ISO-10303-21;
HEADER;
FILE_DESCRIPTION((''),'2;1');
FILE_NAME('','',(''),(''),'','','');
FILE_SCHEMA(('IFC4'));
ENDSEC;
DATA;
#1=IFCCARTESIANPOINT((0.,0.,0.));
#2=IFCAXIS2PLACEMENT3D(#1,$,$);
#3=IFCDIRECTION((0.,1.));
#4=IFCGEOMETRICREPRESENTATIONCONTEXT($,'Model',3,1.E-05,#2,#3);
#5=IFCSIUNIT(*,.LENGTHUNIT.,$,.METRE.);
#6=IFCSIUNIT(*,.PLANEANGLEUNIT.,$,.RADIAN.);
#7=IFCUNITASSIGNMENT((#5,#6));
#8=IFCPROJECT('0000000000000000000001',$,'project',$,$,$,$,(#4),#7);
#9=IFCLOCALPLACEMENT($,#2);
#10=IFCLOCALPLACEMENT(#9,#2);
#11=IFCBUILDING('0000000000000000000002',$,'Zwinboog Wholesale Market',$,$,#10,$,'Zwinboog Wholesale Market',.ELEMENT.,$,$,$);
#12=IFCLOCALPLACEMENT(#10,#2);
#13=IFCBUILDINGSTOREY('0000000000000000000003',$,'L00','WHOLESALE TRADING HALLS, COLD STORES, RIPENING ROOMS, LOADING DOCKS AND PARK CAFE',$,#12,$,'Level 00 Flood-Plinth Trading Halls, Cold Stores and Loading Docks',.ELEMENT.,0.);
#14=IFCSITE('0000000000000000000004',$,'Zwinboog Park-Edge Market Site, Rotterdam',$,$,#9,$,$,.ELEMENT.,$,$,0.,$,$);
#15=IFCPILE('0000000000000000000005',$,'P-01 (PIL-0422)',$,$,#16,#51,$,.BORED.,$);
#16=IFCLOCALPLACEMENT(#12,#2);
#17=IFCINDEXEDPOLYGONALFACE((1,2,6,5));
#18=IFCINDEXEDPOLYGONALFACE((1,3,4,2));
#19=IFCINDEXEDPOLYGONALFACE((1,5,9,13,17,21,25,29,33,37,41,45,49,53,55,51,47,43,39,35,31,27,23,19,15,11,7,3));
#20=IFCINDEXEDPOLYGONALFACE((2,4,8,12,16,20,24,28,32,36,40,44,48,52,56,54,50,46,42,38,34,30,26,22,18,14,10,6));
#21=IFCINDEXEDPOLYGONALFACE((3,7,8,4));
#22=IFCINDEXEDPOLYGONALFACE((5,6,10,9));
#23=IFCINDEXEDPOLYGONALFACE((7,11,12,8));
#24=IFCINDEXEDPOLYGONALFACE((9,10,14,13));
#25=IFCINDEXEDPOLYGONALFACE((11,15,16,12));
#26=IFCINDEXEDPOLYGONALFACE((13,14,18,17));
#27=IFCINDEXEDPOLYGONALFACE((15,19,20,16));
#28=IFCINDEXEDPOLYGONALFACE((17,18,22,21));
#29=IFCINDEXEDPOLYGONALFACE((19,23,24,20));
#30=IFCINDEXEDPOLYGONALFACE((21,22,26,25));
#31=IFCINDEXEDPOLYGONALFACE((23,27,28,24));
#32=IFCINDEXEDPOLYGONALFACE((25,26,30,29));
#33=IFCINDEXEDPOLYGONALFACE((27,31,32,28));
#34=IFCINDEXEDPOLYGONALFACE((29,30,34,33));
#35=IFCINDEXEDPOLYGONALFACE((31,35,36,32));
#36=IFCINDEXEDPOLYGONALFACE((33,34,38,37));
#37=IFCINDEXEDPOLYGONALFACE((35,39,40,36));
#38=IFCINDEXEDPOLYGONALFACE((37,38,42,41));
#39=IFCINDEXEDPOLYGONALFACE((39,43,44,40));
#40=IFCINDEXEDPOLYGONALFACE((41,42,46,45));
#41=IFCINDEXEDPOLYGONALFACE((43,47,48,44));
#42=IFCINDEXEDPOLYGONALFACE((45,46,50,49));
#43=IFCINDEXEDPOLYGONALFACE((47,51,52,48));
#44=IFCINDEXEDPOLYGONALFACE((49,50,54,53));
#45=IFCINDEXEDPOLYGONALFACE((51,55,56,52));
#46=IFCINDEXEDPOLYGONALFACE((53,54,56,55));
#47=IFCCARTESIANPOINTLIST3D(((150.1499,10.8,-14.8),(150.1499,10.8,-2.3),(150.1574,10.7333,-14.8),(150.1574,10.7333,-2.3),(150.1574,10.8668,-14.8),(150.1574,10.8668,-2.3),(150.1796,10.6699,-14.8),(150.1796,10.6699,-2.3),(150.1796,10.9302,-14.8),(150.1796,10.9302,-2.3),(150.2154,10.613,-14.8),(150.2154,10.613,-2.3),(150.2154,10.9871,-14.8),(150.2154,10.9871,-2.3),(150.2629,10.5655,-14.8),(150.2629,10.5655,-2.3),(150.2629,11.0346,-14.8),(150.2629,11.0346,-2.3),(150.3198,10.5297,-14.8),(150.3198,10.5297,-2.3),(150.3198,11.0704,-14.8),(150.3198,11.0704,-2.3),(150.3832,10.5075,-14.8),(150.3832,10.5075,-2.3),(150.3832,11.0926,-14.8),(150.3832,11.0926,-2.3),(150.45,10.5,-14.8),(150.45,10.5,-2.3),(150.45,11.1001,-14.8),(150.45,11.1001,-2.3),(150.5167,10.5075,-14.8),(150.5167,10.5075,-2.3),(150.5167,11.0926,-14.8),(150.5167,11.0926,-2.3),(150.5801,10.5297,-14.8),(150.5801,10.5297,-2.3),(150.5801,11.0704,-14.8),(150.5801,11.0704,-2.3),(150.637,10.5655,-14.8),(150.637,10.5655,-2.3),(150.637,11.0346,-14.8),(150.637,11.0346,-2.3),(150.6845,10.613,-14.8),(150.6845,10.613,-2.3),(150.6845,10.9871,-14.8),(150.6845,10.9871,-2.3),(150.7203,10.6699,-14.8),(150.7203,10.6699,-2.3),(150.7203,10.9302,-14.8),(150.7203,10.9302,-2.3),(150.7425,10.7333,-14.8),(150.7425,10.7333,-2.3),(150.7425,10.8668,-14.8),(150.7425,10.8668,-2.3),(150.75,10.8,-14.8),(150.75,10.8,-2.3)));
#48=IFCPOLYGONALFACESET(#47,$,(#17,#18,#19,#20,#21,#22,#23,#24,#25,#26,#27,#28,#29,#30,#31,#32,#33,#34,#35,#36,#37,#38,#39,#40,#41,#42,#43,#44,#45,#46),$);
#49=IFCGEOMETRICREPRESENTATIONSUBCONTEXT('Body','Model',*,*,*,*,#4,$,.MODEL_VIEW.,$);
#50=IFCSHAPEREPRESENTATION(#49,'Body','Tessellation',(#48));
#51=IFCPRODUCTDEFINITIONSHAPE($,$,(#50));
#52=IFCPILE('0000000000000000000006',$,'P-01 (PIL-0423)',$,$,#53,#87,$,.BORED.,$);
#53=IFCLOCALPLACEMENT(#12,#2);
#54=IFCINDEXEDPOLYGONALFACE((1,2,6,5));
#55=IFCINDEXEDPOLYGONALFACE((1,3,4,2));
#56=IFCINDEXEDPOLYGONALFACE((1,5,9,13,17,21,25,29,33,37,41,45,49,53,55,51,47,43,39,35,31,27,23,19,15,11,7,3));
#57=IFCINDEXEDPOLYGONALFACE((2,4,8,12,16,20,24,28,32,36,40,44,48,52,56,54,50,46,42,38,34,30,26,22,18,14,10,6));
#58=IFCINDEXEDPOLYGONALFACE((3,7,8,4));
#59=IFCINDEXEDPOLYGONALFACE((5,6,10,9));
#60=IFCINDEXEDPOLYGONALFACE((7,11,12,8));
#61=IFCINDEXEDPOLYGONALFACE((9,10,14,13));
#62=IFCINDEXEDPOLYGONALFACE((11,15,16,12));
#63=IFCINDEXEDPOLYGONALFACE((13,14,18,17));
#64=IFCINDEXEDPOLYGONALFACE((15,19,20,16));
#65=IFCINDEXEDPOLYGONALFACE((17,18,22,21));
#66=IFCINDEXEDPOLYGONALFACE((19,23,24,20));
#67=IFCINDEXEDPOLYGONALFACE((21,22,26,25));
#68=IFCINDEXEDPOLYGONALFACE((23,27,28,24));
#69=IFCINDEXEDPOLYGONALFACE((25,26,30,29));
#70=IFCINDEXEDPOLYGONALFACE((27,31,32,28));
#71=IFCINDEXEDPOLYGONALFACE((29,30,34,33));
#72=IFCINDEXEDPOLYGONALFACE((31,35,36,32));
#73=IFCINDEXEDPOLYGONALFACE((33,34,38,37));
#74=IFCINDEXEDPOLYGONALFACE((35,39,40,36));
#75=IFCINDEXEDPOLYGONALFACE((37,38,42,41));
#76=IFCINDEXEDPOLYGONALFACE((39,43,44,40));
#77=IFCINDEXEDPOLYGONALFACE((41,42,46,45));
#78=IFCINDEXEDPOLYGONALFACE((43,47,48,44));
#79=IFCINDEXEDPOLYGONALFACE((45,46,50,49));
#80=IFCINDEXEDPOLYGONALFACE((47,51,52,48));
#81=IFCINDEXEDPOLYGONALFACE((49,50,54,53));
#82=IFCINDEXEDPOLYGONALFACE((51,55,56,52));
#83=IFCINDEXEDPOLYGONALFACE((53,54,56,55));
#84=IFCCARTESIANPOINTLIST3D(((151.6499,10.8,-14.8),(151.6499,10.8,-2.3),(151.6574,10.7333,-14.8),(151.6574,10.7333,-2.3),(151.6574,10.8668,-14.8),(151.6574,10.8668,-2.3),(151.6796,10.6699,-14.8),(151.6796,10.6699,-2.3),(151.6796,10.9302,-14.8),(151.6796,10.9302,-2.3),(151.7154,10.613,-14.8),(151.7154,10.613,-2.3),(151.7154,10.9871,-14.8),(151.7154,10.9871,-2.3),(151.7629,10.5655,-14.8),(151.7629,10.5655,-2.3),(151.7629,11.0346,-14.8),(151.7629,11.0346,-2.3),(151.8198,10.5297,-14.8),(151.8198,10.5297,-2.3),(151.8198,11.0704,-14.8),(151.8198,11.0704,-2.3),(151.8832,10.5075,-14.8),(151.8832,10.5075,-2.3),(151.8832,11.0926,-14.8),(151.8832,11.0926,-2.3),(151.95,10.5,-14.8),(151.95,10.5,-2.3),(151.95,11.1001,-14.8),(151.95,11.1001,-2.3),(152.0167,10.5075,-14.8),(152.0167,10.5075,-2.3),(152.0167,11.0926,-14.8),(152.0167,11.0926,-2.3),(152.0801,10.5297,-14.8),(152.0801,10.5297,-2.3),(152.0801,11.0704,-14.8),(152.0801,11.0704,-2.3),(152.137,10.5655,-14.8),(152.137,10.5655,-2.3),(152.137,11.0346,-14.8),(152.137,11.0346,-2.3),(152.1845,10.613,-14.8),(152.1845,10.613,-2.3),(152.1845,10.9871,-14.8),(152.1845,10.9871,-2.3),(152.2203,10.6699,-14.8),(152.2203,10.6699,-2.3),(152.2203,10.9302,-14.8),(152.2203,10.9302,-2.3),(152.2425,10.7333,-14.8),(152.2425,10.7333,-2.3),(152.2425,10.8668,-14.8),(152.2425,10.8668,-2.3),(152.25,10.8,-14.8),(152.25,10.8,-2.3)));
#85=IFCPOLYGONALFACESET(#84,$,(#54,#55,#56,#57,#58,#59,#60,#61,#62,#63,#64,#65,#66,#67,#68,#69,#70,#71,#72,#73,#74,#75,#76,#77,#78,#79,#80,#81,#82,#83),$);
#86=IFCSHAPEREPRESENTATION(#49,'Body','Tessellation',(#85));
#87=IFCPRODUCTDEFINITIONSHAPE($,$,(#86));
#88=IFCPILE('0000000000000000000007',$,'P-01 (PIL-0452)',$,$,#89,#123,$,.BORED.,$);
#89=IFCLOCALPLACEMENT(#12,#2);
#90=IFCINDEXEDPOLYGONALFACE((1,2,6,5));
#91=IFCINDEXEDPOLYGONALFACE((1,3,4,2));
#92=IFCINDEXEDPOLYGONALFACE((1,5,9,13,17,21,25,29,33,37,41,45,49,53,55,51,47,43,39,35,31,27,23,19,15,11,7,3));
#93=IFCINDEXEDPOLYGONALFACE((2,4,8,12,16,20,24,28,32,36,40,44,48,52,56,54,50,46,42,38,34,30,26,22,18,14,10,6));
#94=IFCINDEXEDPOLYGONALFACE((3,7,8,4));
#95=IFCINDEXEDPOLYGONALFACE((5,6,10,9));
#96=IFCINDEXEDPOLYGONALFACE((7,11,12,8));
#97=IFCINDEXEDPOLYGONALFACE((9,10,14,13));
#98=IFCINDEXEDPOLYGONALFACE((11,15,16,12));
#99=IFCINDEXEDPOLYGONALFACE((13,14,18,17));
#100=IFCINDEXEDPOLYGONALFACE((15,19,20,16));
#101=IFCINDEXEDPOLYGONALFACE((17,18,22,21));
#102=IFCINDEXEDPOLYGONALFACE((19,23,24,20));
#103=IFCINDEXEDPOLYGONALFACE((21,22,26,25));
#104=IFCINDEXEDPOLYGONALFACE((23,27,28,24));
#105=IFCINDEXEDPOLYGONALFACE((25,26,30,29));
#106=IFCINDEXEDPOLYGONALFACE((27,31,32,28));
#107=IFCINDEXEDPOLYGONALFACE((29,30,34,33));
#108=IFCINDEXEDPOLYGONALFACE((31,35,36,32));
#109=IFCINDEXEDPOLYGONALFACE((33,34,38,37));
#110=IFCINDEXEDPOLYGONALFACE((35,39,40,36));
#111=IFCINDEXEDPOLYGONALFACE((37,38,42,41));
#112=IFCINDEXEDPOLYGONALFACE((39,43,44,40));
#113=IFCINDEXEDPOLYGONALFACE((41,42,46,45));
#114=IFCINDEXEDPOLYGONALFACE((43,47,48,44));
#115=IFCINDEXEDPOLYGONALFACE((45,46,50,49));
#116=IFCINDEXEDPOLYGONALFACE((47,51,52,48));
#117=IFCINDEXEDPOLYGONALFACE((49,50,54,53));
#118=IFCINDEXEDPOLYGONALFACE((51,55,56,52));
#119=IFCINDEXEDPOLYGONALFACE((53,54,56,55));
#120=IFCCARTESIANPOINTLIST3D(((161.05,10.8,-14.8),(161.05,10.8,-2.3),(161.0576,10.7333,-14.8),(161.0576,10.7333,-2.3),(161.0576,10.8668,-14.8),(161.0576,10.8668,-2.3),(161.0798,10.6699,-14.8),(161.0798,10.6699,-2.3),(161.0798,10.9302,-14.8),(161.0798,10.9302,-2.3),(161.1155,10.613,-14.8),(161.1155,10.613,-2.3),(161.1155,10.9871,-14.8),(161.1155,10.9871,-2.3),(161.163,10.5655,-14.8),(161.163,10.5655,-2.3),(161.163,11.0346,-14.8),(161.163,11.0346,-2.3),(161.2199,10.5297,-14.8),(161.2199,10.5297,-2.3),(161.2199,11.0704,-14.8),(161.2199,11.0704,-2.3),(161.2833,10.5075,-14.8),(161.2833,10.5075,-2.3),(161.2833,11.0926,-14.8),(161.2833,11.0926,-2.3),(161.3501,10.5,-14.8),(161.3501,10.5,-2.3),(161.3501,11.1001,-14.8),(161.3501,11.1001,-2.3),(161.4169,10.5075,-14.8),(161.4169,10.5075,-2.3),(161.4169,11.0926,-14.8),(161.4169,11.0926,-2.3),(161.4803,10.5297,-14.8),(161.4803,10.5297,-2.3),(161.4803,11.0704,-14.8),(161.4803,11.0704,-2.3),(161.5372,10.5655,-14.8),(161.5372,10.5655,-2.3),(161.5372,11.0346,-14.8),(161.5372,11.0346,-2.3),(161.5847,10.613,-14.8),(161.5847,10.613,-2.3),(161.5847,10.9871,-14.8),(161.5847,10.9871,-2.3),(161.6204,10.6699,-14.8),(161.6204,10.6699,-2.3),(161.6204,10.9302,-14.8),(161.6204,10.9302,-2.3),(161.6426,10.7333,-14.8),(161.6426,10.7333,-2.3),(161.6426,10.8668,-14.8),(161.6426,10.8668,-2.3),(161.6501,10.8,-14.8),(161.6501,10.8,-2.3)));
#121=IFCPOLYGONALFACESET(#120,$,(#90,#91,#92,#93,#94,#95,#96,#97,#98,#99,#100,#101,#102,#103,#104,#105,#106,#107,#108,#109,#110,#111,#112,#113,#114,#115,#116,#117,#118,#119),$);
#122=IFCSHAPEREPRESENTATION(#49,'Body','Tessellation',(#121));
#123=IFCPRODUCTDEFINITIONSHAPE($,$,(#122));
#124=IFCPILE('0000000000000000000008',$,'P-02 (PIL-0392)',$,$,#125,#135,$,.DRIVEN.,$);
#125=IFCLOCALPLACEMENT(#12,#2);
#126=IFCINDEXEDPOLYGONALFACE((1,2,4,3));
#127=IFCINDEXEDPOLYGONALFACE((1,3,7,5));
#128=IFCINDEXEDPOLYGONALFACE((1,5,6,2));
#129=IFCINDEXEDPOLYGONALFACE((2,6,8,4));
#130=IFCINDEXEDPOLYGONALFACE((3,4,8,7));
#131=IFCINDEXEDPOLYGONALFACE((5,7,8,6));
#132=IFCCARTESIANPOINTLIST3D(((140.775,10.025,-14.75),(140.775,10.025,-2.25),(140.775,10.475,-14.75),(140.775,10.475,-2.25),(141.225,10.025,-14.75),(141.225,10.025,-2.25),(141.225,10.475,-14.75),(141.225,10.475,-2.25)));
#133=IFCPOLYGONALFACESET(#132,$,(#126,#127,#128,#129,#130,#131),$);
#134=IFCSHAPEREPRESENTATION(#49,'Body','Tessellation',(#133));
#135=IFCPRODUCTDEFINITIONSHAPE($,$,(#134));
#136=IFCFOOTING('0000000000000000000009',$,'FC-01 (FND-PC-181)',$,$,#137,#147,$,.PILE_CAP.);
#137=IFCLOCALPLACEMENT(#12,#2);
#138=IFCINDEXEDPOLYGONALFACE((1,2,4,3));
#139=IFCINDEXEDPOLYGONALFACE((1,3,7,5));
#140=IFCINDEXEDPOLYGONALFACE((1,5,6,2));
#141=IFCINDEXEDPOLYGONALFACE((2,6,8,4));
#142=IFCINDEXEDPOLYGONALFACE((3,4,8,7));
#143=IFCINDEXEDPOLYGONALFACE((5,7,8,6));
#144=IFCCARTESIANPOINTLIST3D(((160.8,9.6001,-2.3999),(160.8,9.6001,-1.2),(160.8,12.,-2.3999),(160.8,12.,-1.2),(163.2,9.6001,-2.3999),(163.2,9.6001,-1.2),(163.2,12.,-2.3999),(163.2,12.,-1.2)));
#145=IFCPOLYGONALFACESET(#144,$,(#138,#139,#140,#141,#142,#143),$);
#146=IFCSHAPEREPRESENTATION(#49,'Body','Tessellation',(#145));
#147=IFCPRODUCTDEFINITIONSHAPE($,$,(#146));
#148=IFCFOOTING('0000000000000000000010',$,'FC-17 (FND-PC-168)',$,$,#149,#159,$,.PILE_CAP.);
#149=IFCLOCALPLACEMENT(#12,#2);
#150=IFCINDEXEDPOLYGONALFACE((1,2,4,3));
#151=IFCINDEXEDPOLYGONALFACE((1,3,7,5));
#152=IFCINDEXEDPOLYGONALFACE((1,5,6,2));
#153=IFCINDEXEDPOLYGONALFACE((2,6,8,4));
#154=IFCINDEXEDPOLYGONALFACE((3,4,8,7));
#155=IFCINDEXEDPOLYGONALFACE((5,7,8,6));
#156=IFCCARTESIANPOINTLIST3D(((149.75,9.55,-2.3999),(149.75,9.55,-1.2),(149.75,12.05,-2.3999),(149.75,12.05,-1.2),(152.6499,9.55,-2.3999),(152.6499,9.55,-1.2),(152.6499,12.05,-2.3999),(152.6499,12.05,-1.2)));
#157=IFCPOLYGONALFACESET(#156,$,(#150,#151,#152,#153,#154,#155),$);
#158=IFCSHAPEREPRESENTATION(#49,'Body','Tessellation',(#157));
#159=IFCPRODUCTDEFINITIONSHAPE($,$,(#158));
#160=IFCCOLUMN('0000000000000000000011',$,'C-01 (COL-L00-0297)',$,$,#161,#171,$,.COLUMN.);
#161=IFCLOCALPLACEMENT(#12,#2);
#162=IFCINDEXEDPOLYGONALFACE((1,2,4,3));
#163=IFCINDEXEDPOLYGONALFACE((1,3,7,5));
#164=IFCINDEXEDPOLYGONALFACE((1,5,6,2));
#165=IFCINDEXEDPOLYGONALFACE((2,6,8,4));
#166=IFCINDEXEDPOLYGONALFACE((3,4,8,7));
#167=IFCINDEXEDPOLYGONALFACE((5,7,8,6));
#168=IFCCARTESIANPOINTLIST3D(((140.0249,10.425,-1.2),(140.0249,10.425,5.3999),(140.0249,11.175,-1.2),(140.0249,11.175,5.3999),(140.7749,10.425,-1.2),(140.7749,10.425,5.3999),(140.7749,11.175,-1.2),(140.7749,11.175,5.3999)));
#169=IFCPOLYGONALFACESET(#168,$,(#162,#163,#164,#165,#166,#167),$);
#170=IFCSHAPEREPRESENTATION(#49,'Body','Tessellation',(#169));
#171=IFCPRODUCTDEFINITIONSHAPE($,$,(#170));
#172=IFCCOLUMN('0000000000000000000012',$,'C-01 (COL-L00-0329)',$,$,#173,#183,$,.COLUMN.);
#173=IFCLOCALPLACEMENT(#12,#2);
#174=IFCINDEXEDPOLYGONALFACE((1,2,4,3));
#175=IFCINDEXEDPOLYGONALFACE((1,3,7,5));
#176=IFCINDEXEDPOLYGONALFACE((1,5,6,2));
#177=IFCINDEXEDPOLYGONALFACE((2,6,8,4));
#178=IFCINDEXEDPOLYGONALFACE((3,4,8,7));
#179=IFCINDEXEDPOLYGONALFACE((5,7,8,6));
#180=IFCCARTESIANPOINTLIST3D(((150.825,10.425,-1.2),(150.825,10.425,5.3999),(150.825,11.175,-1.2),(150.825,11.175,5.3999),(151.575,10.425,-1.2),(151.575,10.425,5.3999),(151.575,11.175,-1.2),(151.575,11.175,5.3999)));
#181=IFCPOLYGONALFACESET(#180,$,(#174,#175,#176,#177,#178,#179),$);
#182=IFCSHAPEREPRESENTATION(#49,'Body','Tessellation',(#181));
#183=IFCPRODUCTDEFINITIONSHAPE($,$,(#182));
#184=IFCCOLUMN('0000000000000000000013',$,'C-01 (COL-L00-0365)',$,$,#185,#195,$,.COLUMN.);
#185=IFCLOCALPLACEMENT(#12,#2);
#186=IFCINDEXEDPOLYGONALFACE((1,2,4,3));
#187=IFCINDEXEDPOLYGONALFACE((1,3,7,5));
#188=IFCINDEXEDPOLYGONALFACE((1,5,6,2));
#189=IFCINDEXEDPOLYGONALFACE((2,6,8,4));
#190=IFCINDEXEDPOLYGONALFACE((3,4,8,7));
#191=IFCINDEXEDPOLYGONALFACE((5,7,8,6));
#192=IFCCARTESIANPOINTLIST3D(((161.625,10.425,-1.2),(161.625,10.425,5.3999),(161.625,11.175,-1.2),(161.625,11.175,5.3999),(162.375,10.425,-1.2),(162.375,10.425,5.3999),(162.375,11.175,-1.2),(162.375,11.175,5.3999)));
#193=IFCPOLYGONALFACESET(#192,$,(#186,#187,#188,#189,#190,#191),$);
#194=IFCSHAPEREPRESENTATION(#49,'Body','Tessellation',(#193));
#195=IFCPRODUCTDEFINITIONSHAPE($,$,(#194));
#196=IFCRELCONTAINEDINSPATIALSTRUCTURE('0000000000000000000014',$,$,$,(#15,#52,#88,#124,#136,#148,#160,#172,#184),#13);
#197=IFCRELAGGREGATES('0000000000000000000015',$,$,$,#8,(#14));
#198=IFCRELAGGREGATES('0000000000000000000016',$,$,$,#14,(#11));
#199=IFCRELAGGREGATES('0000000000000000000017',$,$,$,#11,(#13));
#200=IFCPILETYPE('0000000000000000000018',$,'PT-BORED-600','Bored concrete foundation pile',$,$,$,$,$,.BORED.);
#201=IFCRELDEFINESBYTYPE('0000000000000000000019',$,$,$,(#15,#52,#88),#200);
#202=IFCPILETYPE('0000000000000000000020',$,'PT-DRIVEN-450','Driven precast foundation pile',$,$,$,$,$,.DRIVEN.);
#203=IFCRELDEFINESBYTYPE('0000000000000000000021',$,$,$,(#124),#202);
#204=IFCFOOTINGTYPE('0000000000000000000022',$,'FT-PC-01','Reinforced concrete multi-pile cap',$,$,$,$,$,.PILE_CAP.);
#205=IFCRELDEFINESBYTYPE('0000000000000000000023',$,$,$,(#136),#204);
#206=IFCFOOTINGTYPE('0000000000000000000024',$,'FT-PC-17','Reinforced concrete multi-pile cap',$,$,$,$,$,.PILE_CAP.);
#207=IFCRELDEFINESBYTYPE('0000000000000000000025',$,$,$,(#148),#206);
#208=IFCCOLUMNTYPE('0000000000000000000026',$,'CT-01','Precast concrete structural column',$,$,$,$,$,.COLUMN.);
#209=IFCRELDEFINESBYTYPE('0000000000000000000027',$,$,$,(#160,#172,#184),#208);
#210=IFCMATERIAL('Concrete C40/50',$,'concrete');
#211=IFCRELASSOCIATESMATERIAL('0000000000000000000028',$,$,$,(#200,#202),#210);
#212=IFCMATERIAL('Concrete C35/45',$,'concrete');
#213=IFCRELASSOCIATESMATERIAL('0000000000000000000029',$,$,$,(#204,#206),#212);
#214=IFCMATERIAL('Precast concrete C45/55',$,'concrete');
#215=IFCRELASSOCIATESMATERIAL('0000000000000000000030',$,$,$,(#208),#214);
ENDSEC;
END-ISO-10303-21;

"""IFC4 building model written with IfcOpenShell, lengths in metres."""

from ifc_helpers import new_model, si_unit, direction, frame, origin, origin_2d, place, context, subcontext, project, spatial, rectangle, circle, extrude, material, material_profile, profile_set, type_object, element, save


model = new_model("IFC4")

# Units and contexts
model_context = context("Model", 3, precision=1e-05, world=origin(), true_north=direction((0.0, 1.0)))
body_context = subcontext(model_context, "Body", "Model", "MODEL_VIEW")
ifc_project = project(units=[si_unit("LENGTHUNIT", "METRE"), si_unit("PLANEANGLEUNIT", "RADIAN")], contexts=[model_context])

# Site, building, storey
site_placement = place(None, origin())
site = spatial("IfcSite", under=ifc_project, at=site_placement, Name="Zwinboog Park-Edge Market Site, Rotterdam", CompositionType="ELEMENT", RefElevation=0.0)
building_placement = place(site_placement, origin())
building = spatial("IfcBuilding", under=site, at=building_placement, Name="Zwinboog Wholesale Market", LongName="Zwinboog Wholesale Market", CompositionType="ELEMENT")
storey_placement = place(building_placement, origin())
storey = spatial("IfcBuildingStorey", under=building, at=storey_placement, Name="L00", Description="WHOLESALE TRADING HALLS, COLD STORES, RIPENING ROOMS, LOADING DOCKS AND PARK CAFE", LongName="Level 00 Flood-Plinth Trading Halls, Cold Stores and Loading Docks", CompositionType="ELEMENT", Elevation=0.0)

# Piles
ifc_material_1 = material(Name="Concrete C40/50", Category="concrete")
ifc_material_profile_1 = material_profile(ifc_material_1, circle(Radius=0.3, at=origin_2d()), Name="PILE D600")
ifc_profile_set_1 = profile_set([ifc_material_profile_1], Name="Concrete C40/50")
pile_type_1 = type_object("IfcPileType", Name="PT-BORED-600", Description="Bored concrete foundation pile", PredefinedType="BORED", material=ifc_profile_set_1)
for number, where, z_axis, x_axis, name in (
    (1, (150.45, 10.8, -2.3), (0.0, 0.0, -1.0), (1.0, 0.0, 0.0), "P-01 (PIL-0422)"),
    (2, (151.95, 10.8, -2.3), (0.0, 0.0, -1.0), (1.0, 0.0, 0.0), "P-01 (PIL-0423)"),
    (3, (161.3501, 10.8, -2.3), (0.0, 0.0, -1.0), (1.0, 0.0, 0.0), "P-01 (PIL-0452)"),
):
    element("IfcPile", number, at=place(storey_placement, frame(where, z_axis=z_axis, x_axis=x_axis)), inside=storey, type_object=pile_type_1, Name=name, PredefinedType="BORED", context=body_context, shape_type="SweptSolid", body=[
        extrude(circle(Radius=0.3, at=origin_2d()), origin(), (0.0, 0.0, 1.0), 12.5),
    ])
ifc_material_profile_2 = material_profile(ifc_material_1, rectangle(XDim=0.45, YDim=0.45, at=origin_2d()), Name="PILE SQ450")
ifc_profile_set_2 = profile_set([ifc_material_profile_2], Name="Concrete C40/50")
pile_type_2 = type_object("IfcPileType", Name="PT-DRIVEN-450", Description="Driven precast foundation pile", PredefinedType="DRIVEN", material=ifc_profile_set_2)
pile_placement = place(storey_placement, frame((141.0, 10.25, -2.25), z_axis=(0.0, 0.0, -1.0), x_axis=(1.0, 0.0, 0.0)))
element("IfcPile", 4, at=pile_placement, inside=storey, type_object=pile_type_2, Name="P-02 (PIL-0392)", PredefinedType="DRIVEN", context=body_context, shape_type="SweptSolid", body=[
    extrude(rectangle(XDim=0.45, YDim=0.45, at=origin_2d()), origin(), (0.0, 0.0, 1.0), 12.5),
])

# Footings
ifc_material_2 = material(Name="Concrete C35/45", Category="concrete")
footing_type_1 = type_object("IfcFootingType", Name="FT-PC-01", Description="Reinforced concrete multi-pile cap", PredefinedType="PILE_CAP", material=ifc_material_2)
footing_1_placement = place(storey_placement, frame((162.0, 10.8, -2.3999), z_axis=(0.0, 0.0, 1.0), x_axis=(1.0, 0.0, 0.0)))
element("IfcFooting", 5, at=footing_1_placement, inside=storey, type_object=footing_type_1, Name="FC-01 (FND-PC-181)", PredefinedType="PILE_CAP", context=body_context, shape_type="SweptSolid", body=[
    extrude(rectangle(XDim=2.3999, YDim=2.3999, at=origin_2d()), origin(), (0.0, 0.0, 1.0), 1.2),
])
footing_type_2 = type_object("IfcFootingType", Name="FT-PC-17", Description="Reinforced concrete multi-pile cap", PredefinedType="PILE_CAP", material=ifc_material_2)
footing_2_placement = place(storey_placement, frame((151.2, 10.8, -2.3999), z_axis=(0.0, 0.0, 1.0), x_axis=(1.0, 0.0, 0.0)))
element("IfcFooting", 6, at=footing_2_placement, inside=storey, type_object=footing_type_2, Name="FC-17 (FND-PC-168)", PredefinedType="PILE_CAP", context=body_context, shape_type="SweptSolid", body=[
    extrude(rectangle(XDim=2.8999, YDim=2.5, at=origin_2d()), origin(), (0.0, 0.0, 1.0), 1.2),
])

# Columns
ifc_material_3 = material(Name="Precast concrete C45/55", Category="concrete")
ifc_material_profile_3 = material_profile(ifc_material_3, rectangle(XDim=0.75, YDim=0.75, at=origin_2d()), Name="PC 750x750")
ifc_profile_set_3 = profile_set([ifc_material_profile_3], Name="Precast concrete C45/55")
column_type = type_object("IfcColumnType", Name="CT-01", Description="Precast concrete structural column", PredefinedType="COLUMN", material=ifc_profile_set_3)
for number, where, z_axis, x_axis, name in (
    (7, (140.3999, 10.8, -1.2), (0.0, 0.0, 1.0), (1.0, 0.0, 0.0), "C-01 (COL-L00-0297)"),
    (8, (151.2, 10.8, -1.2), (0.0, 0.0, 1.0), (1.0, 0.0, 0.0), "C-01 (COL-L00-0329)"),
    (9, (162.0, 10.8, -1.2), (0.0, 0.0, 1.0), (1.0, 0.0, 0.0), "C-01 (COL-L00-0365)"),
):
    element("IfcColumn", number, at=place(storey_placement, frame(where, z_axis=z_axis, x_axis=x_axis)), inside=storey, type_object=column_type, Name=name, PredefinedType="COLUMN", context=body_context, shape_type="SweptSolid", body=[
        extrude(rectangle(XDim=0.75, YDim=0.75, at=origin_2d()), origin(), (0.0, 0.0, 1.0), 6.5999),
    ])

save(model, "model.ifc")
